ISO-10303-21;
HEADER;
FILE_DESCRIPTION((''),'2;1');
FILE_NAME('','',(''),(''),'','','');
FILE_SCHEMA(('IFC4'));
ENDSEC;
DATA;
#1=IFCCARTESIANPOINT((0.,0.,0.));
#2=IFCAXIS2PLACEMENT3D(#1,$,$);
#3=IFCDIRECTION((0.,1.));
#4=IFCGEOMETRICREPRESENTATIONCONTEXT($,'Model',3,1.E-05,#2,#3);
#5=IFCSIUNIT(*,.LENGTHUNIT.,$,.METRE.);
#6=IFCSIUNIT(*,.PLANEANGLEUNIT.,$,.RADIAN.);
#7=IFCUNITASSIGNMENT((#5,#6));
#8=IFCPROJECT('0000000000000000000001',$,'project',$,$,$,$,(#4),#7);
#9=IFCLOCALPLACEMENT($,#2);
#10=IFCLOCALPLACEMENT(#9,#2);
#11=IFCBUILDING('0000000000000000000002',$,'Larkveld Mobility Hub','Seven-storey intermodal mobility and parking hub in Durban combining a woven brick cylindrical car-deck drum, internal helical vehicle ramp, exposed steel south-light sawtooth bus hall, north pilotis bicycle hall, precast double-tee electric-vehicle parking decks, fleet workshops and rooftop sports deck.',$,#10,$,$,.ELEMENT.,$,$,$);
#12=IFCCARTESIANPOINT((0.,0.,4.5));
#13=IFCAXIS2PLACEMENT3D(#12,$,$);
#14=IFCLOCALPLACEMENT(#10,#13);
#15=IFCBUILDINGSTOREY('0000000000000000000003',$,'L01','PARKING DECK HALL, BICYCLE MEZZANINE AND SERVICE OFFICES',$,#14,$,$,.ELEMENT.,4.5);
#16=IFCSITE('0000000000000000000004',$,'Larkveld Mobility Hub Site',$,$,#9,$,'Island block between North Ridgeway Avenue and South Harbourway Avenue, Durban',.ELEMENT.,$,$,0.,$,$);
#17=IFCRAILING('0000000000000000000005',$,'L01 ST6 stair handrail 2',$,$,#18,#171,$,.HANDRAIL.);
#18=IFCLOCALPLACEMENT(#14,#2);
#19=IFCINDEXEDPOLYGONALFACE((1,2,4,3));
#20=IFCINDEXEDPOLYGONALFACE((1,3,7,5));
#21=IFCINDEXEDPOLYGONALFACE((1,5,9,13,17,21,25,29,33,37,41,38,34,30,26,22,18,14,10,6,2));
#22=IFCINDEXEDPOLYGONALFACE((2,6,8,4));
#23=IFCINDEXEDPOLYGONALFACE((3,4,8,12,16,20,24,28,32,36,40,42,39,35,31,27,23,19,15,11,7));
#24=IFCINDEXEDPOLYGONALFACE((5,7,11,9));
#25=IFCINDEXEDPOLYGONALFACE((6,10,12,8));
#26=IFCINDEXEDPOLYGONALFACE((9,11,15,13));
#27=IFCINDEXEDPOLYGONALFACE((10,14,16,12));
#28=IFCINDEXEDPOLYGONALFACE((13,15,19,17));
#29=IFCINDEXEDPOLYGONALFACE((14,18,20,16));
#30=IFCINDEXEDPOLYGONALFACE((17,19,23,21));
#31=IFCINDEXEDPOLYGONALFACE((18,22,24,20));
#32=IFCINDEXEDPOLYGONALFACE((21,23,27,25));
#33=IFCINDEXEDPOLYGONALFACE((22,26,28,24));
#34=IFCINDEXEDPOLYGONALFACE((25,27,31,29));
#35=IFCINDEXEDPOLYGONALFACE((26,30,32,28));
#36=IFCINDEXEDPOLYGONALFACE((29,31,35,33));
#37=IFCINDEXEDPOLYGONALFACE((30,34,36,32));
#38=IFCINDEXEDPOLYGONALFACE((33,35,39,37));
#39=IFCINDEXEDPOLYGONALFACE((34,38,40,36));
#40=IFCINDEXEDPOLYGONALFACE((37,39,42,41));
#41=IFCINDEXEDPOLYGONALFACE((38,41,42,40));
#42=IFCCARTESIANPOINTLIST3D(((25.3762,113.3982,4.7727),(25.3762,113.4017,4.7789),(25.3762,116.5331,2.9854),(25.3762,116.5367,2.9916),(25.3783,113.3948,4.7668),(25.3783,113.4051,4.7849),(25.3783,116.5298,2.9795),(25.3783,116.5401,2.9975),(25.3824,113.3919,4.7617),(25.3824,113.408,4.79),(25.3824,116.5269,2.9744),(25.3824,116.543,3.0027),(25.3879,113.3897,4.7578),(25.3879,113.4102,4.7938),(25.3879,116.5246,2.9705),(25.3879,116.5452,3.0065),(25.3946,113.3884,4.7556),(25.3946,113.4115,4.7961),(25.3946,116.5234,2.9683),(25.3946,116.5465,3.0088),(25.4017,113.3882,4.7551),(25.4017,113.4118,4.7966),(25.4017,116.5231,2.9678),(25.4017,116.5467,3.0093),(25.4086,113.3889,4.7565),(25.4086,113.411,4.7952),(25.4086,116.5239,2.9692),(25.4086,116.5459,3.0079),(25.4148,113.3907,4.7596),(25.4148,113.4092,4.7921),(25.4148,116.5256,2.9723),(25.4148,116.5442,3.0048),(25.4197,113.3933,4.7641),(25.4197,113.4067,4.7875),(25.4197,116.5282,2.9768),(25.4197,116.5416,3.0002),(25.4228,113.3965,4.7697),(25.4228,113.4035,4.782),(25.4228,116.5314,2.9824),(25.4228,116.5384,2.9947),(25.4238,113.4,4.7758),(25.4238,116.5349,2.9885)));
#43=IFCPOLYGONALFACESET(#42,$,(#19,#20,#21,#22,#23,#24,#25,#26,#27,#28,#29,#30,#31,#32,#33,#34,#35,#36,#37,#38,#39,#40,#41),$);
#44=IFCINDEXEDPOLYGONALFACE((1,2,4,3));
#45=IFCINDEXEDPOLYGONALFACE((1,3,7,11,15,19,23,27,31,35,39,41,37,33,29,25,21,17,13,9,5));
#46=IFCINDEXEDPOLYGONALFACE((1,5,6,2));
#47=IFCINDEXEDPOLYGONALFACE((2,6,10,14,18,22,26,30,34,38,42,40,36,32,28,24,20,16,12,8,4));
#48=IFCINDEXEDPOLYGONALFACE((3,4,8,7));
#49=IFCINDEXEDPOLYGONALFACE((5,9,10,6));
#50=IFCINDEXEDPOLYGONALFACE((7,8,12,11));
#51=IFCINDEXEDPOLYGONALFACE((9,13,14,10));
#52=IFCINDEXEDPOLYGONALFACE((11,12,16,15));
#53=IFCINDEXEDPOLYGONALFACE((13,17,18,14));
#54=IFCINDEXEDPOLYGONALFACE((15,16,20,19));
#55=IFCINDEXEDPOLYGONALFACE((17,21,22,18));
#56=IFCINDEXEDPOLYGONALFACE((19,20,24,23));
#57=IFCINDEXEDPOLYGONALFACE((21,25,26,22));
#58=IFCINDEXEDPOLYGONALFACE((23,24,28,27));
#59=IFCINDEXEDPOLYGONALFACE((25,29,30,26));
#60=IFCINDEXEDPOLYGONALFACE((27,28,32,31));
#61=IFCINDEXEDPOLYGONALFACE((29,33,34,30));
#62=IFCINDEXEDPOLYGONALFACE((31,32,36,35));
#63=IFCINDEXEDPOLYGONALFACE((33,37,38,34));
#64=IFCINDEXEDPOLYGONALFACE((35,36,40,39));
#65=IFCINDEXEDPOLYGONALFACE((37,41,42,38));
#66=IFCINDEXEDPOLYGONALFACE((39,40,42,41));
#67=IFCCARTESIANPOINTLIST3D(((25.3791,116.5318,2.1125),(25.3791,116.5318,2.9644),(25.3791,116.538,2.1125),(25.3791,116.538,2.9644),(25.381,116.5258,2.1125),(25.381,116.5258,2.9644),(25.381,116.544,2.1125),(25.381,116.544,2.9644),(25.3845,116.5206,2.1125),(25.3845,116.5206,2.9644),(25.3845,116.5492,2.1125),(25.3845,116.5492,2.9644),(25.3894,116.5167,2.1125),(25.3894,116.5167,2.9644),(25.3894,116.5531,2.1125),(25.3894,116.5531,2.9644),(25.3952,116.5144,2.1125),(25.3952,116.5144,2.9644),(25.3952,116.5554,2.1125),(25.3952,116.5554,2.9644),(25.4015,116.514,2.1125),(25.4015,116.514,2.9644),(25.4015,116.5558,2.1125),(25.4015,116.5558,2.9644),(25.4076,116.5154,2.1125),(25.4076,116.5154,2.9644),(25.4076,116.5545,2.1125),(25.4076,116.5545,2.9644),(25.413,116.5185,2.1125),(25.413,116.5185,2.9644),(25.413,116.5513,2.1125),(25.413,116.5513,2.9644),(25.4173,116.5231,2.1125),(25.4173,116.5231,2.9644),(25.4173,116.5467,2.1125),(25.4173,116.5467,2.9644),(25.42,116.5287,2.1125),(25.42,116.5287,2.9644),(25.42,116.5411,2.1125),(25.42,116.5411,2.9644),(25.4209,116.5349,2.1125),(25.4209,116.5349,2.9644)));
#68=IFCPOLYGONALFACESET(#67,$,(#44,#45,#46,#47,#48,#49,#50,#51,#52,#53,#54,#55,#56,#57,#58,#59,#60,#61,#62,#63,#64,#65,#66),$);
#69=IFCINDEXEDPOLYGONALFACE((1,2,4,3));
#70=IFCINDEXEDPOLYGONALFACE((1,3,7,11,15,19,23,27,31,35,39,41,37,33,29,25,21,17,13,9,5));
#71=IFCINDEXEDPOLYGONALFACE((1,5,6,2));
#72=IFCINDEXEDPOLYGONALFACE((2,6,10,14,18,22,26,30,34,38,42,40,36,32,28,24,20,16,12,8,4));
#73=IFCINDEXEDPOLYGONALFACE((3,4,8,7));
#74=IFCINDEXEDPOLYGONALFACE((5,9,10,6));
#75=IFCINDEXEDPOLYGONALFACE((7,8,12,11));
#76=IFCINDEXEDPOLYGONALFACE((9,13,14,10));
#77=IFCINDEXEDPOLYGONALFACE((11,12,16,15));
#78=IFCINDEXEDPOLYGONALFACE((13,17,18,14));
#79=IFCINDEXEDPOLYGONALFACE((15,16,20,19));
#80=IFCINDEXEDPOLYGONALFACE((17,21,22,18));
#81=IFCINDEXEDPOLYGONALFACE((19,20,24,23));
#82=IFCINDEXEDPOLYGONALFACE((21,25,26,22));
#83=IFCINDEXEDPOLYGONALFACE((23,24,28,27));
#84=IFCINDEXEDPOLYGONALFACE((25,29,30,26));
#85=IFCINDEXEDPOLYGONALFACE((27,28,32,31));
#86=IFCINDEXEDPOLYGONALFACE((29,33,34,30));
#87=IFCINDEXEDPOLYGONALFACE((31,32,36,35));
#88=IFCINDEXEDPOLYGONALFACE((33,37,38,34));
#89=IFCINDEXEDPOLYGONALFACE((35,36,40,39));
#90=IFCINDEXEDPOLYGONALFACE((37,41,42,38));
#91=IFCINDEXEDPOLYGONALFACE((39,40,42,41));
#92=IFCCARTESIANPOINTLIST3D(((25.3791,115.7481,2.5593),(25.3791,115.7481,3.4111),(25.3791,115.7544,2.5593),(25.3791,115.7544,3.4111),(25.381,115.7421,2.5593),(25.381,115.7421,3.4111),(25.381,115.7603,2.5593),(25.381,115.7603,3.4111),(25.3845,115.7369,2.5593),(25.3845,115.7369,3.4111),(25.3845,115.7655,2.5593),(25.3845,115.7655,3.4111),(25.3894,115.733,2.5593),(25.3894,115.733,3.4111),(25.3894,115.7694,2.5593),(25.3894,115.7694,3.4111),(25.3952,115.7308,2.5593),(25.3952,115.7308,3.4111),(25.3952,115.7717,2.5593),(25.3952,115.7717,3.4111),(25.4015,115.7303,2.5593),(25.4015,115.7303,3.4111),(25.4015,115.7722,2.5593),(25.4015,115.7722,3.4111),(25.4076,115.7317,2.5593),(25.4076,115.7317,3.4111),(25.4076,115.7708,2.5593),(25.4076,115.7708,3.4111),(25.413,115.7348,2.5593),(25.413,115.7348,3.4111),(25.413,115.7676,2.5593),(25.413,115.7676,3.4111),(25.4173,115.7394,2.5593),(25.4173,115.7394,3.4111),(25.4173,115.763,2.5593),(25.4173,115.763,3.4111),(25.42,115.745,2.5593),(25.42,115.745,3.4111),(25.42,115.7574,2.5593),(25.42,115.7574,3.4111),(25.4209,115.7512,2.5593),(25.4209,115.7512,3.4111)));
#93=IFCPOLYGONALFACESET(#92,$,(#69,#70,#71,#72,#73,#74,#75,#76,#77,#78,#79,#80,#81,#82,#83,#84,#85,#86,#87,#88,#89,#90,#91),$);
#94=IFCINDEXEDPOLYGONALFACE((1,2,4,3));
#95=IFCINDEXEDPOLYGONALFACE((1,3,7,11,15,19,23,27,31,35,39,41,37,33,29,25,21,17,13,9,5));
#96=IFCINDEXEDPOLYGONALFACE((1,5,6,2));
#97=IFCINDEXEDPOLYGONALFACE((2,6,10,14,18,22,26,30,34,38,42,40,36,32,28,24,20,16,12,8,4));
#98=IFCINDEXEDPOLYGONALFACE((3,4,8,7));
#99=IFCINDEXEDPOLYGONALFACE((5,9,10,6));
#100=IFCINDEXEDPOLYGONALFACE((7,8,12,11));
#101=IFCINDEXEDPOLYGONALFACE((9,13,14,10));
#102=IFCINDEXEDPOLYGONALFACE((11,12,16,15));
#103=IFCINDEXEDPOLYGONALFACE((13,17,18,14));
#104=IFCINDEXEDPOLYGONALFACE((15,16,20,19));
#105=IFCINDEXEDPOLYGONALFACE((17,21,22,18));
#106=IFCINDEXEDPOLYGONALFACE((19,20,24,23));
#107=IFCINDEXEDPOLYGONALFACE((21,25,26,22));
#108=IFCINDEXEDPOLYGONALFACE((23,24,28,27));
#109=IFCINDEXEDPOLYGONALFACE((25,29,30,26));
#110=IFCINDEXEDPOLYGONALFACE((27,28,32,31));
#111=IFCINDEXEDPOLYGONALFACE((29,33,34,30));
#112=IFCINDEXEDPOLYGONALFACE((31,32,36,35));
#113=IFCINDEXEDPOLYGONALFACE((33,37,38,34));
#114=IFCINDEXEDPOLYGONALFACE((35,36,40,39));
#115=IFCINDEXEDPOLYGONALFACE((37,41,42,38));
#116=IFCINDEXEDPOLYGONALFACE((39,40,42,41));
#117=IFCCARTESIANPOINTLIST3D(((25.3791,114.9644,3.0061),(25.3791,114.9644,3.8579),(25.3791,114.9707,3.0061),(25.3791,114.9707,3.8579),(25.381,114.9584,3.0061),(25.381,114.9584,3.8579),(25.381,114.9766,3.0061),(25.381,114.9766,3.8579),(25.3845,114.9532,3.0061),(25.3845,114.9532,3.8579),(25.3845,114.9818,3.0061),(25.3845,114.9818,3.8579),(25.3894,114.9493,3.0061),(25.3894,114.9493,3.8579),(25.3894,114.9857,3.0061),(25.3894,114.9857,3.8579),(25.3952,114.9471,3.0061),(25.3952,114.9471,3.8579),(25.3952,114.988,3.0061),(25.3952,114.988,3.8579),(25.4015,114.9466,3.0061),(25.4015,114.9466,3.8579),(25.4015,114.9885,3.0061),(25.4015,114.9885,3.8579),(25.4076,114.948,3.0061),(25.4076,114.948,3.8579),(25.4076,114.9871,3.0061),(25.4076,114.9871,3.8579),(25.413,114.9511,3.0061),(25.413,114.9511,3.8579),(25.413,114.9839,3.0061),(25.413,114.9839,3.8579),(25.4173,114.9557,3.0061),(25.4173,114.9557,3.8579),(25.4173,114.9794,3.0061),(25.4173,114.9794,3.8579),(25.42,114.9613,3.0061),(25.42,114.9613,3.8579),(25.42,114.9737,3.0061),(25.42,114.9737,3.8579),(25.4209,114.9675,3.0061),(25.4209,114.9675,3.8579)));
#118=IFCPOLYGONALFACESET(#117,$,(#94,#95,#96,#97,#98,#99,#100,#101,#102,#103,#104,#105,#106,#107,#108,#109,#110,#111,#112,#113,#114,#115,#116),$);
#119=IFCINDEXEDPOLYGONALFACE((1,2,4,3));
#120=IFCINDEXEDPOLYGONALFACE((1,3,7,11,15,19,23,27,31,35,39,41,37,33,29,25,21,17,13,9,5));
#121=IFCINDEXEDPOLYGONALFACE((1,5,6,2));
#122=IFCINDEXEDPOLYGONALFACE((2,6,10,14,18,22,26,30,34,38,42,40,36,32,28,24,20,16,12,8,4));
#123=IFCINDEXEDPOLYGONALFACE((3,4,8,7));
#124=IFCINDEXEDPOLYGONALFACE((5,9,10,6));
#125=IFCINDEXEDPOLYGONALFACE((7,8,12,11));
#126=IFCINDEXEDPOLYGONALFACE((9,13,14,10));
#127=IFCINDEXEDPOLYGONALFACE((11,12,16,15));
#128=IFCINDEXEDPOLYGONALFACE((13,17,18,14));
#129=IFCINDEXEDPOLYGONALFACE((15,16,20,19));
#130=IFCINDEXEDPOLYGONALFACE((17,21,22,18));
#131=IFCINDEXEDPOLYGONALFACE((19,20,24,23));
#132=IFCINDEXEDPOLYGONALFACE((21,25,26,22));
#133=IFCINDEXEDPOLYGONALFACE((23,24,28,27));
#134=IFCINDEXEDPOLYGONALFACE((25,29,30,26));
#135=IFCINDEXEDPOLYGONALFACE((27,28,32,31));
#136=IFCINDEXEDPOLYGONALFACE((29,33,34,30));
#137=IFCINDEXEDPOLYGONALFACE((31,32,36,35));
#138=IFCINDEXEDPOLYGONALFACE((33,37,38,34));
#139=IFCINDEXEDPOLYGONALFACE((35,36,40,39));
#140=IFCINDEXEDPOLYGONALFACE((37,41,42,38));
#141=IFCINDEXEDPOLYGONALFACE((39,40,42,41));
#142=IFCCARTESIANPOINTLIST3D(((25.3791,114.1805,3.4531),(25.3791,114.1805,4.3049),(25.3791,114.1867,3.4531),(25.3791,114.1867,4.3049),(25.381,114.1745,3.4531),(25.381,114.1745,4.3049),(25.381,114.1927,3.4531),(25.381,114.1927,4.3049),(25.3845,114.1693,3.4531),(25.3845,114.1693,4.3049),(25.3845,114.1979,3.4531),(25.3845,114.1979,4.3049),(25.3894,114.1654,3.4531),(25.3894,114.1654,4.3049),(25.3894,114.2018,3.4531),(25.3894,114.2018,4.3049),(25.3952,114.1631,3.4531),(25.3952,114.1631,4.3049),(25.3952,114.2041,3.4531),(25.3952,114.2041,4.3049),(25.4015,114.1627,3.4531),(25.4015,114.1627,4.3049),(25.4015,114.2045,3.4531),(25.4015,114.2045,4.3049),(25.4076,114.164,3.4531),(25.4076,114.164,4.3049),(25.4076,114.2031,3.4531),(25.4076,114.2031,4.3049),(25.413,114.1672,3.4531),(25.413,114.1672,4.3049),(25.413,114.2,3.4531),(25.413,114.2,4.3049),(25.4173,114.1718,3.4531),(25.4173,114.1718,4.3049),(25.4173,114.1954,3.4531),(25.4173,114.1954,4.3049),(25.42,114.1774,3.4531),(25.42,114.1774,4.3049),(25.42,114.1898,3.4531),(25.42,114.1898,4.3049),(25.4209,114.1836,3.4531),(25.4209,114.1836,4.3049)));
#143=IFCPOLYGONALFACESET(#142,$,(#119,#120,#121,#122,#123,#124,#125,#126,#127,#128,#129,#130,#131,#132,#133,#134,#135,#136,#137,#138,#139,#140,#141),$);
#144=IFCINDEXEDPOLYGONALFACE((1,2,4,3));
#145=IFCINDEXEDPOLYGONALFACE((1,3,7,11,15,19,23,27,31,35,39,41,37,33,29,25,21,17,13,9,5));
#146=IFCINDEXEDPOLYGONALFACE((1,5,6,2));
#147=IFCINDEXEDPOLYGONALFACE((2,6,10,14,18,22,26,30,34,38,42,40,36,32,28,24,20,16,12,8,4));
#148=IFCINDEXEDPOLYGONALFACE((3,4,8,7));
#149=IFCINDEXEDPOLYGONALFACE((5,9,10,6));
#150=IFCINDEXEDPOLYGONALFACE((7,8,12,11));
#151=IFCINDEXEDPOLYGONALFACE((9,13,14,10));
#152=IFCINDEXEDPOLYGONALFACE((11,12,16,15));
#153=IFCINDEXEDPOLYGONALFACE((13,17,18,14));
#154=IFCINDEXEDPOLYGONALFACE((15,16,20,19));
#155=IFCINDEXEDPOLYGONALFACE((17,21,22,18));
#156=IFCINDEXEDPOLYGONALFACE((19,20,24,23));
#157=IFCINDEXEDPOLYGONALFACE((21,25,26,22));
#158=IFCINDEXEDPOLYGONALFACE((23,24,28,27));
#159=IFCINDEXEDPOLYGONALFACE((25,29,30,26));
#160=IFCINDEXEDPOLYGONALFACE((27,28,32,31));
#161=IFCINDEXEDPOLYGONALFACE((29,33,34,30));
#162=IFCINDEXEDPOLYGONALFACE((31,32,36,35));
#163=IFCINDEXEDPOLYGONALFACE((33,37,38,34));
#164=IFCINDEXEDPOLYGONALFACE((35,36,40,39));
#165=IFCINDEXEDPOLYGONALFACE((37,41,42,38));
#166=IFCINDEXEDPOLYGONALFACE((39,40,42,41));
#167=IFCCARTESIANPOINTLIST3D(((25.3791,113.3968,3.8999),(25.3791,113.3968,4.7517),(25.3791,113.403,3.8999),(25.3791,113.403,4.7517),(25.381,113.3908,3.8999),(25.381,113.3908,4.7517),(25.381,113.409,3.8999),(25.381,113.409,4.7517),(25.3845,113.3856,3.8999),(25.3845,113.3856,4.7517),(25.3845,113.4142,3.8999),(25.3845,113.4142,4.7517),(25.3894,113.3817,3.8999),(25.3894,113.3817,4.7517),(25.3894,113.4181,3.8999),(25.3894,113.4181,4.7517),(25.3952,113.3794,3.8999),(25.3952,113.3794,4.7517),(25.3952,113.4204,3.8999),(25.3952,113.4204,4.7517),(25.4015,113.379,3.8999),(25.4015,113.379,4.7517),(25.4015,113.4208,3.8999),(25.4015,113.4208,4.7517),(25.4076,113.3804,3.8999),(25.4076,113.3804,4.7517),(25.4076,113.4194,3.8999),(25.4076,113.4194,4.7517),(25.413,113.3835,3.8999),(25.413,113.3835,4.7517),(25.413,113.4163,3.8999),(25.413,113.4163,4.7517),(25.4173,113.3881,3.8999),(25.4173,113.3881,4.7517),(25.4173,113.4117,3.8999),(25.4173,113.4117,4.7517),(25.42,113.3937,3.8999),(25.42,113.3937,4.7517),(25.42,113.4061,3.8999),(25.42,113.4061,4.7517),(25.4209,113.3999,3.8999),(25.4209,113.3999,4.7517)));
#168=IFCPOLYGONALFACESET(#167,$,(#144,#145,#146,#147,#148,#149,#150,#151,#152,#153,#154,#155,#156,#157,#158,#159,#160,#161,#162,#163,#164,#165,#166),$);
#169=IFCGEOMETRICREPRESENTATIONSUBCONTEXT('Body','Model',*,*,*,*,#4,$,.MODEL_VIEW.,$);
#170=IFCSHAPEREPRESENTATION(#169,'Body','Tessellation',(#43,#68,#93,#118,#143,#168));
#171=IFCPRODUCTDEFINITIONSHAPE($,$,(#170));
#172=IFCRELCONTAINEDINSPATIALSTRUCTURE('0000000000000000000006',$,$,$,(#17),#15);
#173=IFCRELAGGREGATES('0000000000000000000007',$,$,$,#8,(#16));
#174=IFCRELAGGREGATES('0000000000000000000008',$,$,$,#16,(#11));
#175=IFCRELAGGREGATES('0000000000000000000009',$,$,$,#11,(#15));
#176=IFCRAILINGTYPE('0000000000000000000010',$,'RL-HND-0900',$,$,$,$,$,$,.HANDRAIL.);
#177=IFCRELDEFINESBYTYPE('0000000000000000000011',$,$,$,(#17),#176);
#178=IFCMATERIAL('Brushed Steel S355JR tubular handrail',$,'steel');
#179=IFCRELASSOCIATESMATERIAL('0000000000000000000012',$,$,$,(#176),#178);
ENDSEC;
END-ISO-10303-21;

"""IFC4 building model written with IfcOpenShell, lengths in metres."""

from ifc_helpers import new_model, si_unit, direction, frame, origin, origin_2d, place, context, subcontext, project, spatial, circle, extrude, material, type_object, element, save


model = new_model("IFC4")

# Units and contexts
model_context = context("Model", 3, precision=1e-05, world=origin(), true_north=direction((0.0, 1.0)))
body_context = subcontext(model_context, "Body", "Model", "MODEL_VIEW")
ifc_project = project(units=[si_unit("LENGTHUNIT", "METRE"), si_unit("PLANEANGLEUNIT", "RADIAN")], contexts=[model_context])

# Site, building, storey
site_placement = place(None, origin())
site = spatial("IfcSite", under=ifc_project, at=site_placement, Name="Larkveld Mobility Hub Site", LongName="Island block between North Ridgeway Avenue and South Harbourway Avenue, Durban", CompositionType="ELEMENT", RefElevation=0.0)
building_placement = place(site_placement, origin())
building = spatial("IfcBuilding", under=site, at=building_placement, Name="Larkveld Mobility Hub", Description="Seven-storey intermodal mobility and parking hub in Durban combining a woven brick cylindrical car-deck drum, internal helical vehicle ramp, exposed steel south-light sawtooth bus hall, north pilotis bicycle hall, precast double-tee electric-vehicle parking decks, fleet workshops and rooftop sports deck.", CompositionType="ELEMENT")
storey_placement = place(building_placement, frame((0.0, 0.0, 4.5)))
storey = spatial("IfcBuildingStorey", under=building, at=storey_placement, Name="L01", Description="PARKING DECK HALL, BICYCLE MEZZANINE AND SERVICE OFFICES", CompositionType="ELEMENT", Elevation=4.5)

# Railing
ifc_material_1 = material(Name="Brushed Steel S355JR tubular handrail", Category="steel")
railing_type_1 = type_object("IfcRailingType", Name="RL-HND-0900", PredefinedType="HANDRAIL", material=ifc_material_1)
railing_1_placement = place(storey_placement, frame((25.3999, 116.5349, 2.1125)))
element("IfcRailing", 1, at=railing_1_placement, inside=storey, type_object=railing_type_1, Name="L01 ST6 stair handrail 2", PredefinedType="HANDRAIL", context=body_context, shape_type="SweptSolid", body=[
    extrude(circle(Radius=0.0239, at=origin_2d()), frame((0.0, 0.0, 0.876), z_axis=(0.0, -0.86873, 0.495286), x_axis=(1.0, 0.0, 0.0)), (0.0, 0.0, 1.0), 3.6086),
    extrude(circle(Radius=0.021, at=origin_2d()), origin(), (0.0, 0.0, 1.0), 0.8518),
    extrude(circle(Radius=0.021, at=origin_2d()), frame((0.0, -0.7837, 0.4468)), (0.0, 0.0, 1.0), 0.8518),
    extrude(circle(Radius=0.021, at=origin_2d()), frame((0.0, -1.5674, 0.8936)), (0.0, 0.0, 1.0), 0.8518),
    extrude(circle(Radius=0.021, at=origin_2d()), frame((0.0, -2.3513, 1.3406)), (0.0, 0.0, 1.0), 0.8518),
    extrude(circle(Radius=0.021, at=origin_2d()), frame((0.0, -3.135, 1.7874)), (0.0, 0.0, 1.0), 0.8518),
])

save(model, "model.ifc")
